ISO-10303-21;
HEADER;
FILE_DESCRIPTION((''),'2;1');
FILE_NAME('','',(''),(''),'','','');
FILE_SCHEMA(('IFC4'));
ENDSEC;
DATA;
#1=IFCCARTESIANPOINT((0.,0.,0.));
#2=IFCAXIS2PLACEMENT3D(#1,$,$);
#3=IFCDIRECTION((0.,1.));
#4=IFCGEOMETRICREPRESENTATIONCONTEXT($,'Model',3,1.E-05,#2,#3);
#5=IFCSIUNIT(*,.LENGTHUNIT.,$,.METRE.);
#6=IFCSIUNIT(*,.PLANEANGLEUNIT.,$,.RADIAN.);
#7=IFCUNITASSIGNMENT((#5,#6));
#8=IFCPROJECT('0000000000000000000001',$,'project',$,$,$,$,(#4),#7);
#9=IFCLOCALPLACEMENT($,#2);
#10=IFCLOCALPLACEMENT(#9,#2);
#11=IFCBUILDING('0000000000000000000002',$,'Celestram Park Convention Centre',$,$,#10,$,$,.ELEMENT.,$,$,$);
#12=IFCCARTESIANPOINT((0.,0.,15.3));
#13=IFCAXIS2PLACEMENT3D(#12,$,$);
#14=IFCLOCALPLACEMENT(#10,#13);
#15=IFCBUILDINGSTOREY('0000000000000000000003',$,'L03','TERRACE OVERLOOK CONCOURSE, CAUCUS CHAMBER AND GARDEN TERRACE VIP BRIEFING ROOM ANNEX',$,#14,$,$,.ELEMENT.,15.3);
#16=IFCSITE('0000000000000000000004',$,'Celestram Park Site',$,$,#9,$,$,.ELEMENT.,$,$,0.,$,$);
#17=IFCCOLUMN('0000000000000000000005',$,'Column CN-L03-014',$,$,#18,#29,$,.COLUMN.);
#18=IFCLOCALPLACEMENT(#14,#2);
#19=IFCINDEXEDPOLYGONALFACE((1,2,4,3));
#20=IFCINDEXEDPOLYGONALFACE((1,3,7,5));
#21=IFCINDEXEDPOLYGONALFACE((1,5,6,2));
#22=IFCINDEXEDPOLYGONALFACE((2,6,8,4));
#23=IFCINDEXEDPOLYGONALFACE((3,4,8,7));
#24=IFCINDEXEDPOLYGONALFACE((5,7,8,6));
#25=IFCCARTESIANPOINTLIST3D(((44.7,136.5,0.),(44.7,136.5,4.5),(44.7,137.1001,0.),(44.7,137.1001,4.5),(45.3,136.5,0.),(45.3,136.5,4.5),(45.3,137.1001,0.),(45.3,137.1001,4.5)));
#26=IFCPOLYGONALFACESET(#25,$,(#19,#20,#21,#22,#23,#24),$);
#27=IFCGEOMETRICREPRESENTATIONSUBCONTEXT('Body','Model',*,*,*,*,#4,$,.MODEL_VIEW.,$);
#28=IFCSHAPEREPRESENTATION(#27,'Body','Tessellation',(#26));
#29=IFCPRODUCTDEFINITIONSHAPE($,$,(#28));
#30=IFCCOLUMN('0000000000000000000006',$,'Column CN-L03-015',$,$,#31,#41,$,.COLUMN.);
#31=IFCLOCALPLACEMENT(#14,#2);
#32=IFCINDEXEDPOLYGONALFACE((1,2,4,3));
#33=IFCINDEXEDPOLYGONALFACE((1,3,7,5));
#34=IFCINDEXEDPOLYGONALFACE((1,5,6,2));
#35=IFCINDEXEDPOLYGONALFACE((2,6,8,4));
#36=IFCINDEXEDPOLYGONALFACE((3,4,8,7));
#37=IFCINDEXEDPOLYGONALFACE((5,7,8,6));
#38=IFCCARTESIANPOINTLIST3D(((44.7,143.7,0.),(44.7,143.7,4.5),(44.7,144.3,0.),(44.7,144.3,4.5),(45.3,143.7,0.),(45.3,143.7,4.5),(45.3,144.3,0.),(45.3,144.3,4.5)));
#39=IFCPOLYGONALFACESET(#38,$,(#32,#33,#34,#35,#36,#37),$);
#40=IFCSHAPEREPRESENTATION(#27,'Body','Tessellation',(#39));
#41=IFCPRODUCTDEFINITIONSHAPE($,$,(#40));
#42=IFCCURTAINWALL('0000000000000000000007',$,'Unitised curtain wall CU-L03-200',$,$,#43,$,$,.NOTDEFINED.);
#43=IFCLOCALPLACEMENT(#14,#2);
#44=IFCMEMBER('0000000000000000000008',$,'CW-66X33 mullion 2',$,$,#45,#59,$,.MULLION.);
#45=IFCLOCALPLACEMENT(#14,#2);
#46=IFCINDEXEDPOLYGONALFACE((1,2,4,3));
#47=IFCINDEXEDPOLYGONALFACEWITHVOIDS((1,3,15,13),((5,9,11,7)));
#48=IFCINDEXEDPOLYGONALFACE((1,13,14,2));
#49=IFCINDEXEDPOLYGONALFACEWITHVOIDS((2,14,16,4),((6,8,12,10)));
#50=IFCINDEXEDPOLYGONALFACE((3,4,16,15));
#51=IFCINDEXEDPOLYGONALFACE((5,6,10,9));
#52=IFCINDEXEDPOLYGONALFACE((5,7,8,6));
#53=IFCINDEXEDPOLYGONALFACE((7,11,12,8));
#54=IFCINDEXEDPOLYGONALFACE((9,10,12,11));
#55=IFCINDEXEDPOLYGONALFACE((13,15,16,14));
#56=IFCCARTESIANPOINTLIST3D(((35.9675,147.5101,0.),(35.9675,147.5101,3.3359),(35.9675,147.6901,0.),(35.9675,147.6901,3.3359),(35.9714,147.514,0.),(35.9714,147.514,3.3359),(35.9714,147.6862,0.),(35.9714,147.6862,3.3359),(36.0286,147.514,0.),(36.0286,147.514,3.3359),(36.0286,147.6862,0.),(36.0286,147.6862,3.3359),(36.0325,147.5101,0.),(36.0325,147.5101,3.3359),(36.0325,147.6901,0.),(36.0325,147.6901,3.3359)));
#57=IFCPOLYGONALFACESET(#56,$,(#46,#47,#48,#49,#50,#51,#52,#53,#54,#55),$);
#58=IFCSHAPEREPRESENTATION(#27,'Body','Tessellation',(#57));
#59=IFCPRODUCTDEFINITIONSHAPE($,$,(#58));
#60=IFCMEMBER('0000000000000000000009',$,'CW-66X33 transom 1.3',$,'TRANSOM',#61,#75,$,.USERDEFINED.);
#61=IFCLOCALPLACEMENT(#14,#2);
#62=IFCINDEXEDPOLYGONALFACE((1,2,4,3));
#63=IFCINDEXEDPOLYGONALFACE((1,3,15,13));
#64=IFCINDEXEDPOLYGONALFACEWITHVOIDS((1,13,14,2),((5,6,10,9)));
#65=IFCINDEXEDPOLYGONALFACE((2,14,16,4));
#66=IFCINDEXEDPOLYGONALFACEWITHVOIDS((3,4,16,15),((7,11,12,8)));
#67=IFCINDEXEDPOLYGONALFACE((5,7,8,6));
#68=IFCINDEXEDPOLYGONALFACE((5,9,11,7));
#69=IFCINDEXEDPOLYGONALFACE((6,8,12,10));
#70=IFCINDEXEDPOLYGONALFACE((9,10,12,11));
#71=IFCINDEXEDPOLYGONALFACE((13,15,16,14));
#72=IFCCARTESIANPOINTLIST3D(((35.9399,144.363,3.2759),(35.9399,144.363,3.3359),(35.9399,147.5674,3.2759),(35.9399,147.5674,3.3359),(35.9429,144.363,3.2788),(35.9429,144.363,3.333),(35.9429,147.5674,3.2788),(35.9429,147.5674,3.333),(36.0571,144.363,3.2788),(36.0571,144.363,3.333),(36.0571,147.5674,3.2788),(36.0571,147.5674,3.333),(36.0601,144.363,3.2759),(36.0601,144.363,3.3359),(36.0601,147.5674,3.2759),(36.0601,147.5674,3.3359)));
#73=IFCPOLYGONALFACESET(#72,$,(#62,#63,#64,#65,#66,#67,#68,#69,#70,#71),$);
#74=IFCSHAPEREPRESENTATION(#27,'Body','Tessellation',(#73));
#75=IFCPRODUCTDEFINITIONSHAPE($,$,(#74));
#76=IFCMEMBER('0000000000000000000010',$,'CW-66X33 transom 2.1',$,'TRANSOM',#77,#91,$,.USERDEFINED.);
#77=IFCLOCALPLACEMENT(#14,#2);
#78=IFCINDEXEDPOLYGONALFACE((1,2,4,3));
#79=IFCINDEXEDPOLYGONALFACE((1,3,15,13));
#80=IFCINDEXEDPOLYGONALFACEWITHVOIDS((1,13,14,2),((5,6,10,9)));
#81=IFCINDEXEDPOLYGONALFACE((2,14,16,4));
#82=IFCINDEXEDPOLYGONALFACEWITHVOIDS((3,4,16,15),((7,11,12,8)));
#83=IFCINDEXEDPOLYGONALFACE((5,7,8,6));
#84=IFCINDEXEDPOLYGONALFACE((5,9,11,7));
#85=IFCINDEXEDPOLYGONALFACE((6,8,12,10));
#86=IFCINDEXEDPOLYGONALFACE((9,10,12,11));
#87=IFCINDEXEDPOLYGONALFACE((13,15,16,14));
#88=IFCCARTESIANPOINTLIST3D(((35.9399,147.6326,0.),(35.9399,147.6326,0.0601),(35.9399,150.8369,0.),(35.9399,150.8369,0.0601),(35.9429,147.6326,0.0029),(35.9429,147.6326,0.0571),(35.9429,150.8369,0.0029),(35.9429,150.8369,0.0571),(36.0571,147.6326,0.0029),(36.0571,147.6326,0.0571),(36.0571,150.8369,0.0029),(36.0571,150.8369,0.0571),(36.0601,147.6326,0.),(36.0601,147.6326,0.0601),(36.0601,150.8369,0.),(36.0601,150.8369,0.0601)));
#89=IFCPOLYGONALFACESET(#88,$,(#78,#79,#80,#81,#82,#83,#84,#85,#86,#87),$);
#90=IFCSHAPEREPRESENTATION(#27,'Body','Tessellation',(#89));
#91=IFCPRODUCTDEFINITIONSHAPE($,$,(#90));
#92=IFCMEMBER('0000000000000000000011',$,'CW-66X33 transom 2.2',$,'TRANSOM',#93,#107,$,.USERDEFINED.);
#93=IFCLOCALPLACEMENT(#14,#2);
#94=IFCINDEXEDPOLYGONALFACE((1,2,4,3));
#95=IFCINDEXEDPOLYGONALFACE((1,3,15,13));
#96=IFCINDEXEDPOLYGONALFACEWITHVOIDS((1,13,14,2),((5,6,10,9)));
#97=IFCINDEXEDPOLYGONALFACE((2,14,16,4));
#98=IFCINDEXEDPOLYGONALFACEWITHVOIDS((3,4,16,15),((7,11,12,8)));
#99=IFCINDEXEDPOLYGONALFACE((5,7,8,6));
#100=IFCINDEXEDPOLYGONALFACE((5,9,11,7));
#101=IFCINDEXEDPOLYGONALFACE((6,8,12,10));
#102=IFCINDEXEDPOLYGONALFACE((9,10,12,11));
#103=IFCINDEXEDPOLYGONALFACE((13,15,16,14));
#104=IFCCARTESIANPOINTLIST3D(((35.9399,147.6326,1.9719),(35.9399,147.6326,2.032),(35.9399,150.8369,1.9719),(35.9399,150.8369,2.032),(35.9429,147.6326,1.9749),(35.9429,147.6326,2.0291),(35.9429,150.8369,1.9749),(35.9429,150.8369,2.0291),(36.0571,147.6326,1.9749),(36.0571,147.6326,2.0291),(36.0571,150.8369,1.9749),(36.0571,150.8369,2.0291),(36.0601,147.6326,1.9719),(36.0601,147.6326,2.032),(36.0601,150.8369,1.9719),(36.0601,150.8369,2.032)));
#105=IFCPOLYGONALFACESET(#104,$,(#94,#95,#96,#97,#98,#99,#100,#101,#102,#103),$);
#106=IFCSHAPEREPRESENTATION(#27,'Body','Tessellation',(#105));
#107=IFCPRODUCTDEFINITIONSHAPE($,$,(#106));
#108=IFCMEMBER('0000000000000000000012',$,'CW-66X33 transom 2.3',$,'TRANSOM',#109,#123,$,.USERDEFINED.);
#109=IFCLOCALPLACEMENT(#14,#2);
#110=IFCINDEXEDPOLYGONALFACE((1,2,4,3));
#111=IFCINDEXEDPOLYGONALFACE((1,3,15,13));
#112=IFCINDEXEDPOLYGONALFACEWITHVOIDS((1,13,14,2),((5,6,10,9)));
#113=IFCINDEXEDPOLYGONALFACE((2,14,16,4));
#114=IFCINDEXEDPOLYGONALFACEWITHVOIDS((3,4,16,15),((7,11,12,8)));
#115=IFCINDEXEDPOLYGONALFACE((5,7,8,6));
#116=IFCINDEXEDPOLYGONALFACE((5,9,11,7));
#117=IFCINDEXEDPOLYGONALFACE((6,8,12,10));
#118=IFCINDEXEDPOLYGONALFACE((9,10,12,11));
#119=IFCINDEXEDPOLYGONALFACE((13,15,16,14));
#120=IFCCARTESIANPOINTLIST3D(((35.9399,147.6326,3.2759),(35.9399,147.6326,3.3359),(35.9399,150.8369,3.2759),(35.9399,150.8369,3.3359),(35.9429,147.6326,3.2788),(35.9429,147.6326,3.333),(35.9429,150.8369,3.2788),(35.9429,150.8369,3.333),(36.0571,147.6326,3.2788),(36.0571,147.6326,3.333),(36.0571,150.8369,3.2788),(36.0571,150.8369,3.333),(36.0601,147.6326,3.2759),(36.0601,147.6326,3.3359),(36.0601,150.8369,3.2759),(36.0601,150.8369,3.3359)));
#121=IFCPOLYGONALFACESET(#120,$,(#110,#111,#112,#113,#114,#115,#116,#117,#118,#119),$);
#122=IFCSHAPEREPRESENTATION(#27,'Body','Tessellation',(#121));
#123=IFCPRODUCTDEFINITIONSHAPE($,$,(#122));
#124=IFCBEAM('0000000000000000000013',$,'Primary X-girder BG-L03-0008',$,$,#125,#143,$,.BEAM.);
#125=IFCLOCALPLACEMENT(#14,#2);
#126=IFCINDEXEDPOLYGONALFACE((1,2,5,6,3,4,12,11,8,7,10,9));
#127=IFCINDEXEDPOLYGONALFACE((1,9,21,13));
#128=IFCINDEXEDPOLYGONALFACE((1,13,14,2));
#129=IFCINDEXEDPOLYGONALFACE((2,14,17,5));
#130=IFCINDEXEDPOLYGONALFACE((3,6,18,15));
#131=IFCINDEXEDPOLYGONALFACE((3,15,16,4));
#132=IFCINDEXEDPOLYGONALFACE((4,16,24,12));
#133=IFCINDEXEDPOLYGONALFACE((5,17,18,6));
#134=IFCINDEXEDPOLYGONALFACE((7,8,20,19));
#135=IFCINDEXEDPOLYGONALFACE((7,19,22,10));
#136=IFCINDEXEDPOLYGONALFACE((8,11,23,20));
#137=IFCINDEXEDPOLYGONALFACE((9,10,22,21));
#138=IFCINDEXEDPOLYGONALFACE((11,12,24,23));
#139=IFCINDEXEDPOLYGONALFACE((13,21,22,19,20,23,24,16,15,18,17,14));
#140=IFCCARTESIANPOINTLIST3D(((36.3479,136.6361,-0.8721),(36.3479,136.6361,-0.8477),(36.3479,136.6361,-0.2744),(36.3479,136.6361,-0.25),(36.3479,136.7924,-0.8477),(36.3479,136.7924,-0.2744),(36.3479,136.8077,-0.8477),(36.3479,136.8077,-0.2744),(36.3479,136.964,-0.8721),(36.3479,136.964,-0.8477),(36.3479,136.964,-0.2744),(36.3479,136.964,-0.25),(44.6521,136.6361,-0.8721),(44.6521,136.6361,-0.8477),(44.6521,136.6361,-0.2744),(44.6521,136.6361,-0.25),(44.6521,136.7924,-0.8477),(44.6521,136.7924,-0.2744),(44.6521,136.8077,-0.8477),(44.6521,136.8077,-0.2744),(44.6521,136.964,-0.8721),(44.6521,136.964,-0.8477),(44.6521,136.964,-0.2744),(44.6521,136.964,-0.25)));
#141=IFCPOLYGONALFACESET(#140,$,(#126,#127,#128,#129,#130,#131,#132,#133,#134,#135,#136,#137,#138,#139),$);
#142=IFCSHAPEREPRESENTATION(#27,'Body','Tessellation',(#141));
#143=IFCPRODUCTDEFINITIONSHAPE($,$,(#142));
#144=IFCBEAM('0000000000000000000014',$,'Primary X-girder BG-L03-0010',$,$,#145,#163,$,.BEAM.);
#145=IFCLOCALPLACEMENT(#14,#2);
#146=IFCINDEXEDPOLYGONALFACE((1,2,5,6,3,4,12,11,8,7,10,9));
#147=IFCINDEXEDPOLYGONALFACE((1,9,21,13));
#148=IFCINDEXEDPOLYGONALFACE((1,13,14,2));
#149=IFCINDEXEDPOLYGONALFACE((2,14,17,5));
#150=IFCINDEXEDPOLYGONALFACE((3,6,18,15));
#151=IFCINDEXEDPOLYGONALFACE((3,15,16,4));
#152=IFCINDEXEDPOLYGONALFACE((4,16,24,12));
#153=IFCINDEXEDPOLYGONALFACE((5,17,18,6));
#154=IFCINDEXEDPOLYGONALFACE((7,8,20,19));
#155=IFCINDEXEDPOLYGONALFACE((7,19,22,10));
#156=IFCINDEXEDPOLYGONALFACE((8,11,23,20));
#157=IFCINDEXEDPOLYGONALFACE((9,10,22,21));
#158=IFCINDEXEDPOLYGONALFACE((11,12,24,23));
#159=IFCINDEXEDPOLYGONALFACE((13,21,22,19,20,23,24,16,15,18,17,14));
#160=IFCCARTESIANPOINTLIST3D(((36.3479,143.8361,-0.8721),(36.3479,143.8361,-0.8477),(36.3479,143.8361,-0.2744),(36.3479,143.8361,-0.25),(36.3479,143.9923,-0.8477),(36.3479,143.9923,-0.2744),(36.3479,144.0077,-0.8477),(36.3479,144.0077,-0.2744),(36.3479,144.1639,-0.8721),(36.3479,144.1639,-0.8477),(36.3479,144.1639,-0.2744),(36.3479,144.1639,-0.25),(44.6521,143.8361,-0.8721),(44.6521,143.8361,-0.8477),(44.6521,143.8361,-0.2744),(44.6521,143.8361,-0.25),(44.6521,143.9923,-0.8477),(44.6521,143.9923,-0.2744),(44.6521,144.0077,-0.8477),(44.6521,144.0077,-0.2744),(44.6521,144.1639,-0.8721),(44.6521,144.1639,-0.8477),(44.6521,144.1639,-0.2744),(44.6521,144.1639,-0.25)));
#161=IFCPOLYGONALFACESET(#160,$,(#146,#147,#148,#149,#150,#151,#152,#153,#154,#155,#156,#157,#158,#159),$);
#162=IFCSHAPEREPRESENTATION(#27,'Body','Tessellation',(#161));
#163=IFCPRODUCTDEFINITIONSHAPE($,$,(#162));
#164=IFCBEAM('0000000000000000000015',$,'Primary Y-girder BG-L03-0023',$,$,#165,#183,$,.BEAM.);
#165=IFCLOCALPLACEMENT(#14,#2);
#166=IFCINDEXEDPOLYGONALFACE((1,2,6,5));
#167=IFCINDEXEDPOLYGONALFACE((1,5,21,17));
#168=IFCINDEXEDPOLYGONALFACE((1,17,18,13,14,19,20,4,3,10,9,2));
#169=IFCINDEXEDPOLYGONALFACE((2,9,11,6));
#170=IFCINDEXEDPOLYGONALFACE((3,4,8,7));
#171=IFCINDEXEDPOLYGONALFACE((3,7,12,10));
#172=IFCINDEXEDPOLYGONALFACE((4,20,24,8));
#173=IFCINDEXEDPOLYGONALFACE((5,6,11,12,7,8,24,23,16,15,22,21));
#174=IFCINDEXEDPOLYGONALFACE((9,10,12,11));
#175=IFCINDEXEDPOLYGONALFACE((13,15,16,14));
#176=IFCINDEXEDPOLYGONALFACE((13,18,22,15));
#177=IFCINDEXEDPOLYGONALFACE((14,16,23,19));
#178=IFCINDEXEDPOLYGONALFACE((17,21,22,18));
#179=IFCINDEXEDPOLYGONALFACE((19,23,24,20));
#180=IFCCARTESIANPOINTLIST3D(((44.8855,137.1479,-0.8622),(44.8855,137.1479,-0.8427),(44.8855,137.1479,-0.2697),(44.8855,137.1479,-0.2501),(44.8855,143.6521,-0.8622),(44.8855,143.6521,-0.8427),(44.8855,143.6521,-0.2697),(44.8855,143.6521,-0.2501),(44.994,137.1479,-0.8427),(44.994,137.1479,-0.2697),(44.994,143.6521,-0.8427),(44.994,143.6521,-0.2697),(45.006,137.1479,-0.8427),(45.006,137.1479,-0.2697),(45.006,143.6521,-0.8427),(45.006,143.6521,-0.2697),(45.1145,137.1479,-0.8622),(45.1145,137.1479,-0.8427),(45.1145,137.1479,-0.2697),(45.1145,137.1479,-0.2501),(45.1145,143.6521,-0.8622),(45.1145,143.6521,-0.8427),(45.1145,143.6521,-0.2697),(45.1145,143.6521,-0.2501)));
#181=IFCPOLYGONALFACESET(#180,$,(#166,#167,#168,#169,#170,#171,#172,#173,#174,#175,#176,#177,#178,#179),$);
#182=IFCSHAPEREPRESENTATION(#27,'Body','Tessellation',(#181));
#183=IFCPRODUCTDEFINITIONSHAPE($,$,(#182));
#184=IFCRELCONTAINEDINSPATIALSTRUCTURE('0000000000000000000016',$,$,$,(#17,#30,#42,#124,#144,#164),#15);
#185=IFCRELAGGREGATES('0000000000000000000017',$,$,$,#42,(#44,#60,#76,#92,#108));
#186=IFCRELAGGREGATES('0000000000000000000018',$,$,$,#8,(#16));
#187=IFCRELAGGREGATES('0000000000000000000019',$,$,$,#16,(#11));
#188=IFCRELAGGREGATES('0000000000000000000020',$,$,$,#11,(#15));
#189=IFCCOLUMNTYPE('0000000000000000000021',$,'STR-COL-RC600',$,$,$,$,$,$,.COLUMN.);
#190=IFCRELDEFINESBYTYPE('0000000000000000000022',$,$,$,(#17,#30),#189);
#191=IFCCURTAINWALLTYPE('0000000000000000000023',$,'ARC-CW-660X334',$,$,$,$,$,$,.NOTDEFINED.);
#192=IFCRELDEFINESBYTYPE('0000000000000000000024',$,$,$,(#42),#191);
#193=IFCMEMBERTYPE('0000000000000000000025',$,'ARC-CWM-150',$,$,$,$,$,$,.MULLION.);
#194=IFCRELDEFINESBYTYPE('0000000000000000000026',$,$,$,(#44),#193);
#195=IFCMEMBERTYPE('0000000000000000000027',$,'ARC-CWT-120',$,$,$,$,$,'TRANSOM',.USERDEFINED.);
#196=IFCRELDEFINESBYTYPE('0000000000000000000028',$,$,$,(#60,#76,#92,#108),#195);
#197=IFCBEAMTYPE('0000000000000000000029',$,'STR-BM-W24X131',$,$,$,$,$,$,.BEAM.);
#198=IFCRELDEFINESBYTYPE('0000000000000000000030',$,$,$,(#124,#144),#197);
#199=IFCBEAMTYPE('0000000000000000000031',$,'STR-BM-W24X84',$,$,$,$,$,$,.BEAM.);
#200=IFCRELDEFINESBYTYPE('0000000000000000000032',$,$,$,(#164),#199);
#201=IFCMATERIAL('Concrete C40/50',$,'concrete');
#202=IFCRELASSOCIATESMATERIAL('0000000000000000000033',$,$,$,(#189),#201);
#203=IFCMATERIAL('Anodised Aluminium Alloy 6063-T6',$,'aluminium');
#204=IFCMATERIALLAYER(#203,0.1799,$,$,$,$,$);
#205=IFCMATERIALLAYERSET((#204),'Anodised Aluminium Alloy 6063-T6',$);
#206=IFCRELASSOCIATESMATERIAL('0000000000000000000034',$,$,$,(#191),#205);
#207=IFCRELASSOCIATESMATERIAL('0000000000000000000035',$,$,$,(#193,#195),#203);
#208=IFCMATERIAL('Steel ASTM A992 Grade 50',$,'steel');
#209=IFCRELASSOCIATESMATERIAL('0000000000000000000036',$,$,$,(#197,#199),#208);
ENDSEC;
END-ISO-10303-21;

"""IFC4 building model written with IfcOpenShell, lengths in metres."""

from ifc_helpers import new_model, si_unit, direction, frame, origin, origin_2d, place, context, subcontext, project, spatial, rectangle, hollow_rectangle, i_section, extrude, material, layer, layer_set, material_profile, profile_set, type_object, element, aggregate, save


model = new_model("IFC4")

# Units and contexts
model_context = context("Model", 3, precision=1e-05, world=origin(), true_north=direction((0.0, 1.0)))
body_context = subcontext(model_context, "Body", "Model", "MODEL_VIEW")
ifc_project = project(units=[si_unit("LENGTHUNIT", "METRE"), si_unit("PLANEANGLEUNIT", "RADIAN")], contexts=[model_context])

# Site, building, storey
site_placement = place(None, origin())
site = spatial("IfcSite", under=ifc_project, at=site_placement, Name="Celestram Park Site", CompositionType="ELEMENT", RefElevation=0.0)
building_placement = place(site_placement, origin())
building = spatial("IfcBuilding", under=site, at=building_placement, Name="Celestram Park Convention Centre", CompositionType="ELEMENT")
storey_placement = place(building_placement, frame((0.0, 0.0, 15.3)))
storey = spatial("IfcBuildingStorey", under=building, at=storey_placement, Name="L03", Description="TERRACE OVERLOOK CONCOURSE, CAUCUS CHAMBER AND GARDEN TERRACE VIP BRIEFING ROOM ANNEX", CompositionType="ELEMENT", Elevation=15.3)

# Columns
ifc_material_1 = material(Name="Concrete C40/50", Category="concrete")
ifc_material_profile_1 = material_profile(ifc_material_1, rectangle(XDim=0.6001, YDim=0.6001, at=origin_2d()), Name="RC600X600")
ifc_profile_set_1 = profile_set([ifc_material_profile_1], Name="Concrete C40/50")
column_type = type_object("IfcColumnType", Name="STR-COL-RC600", PredefinedType="COLUMN", material=ifc_profile_set_1)
for number, where, z_axis, x_axis, name in (
    (1, (45.0, 136.8, 0.0), (0.0, 0.0, 1.0), (1.0, 0.0, 0.0), "Column CN-L03-014"),
    (2, (45.0, 144.0, 0.0), (0.0, 0.0, 1.0), (1.0, 0.0, 0.0), "Column CN-L03-015"),
):
    element("IfcColumn", number, at=place(storey_placement, frame(where, z_axis=z_axis, x_axis=x_axis)), inside=storey, type_object=column_type, Name=name, PredefinedType="COLUMN", context=body_context, shape_type="SweptSolid", body=[
        extrude(rectangle(XDim=0.6001, YDim=0.6001, at=origin_2d()), origin(), (0.0, 0.0, 1.0), 4.5),
    ])

# Curtain wall, members
ifc_material_2 = material(Name="Anodised Aluminium Alloy 6063-T6", Category="aluminium")
ifc_layer_1 = layer(ifc_material_2, 0.1799)
ifc_layer_set_1 = layer_set([ifc_layer_1], Name="Anodised Aluminium Alloy 6063-T6")
curtain_wall_type = type_object("IfcCurtainWallType", Name="ARC-CW-660X334", PredefinedType="NOTDEFINED", material=ifc_layer_set_1)
curtain_wall_placement = place(storey_placement, origin())
curtain_wall = element("IfcCurtainWall", 3, at=curtain_wall_placement, inside=storey, type_object=curtain_wall_type, Name="Unitised curtain wall CU-L03-200", PredefinedType="NOTDEFINED")
ifc_material_profile_2 = material_profile(ifc_material_2, hollow_rectangle(XDim=0.0649, YDim=0.1799, WallThickness=0.0039, at=origin_2d()), Name="ALU65X180X4")
ifc_profile_set_2 = profile_set([ifc_material_profile_2], Name="Anodised Aluminium Alloy 6063-T6")
member_type_1 = type_object("IfcMemberType", Name="ARC-CWM-150", PredefinedType="MULLION", material=ifc_profile_set_2)
member_1_placement = place(storey_placement, frame((36.0, 147.6001, 0.0), z_axis=(0.0, 0.0, 1.0), x_axis=(-1.0, 0.0, 0.0)))
member_1 = element("IfcMember", 4, at=member_1_placement, type_object=member_type_1, Name="CW-66X33 mullion 2", PredefinedType="MULLION", context=body_context, shape_type="SweptSolid", body=[
    extrude(hollow_rectangle(XDim=0.0649, YDim=0.1799, WallThickness=0.0039, at=origin_2d()), origin(), (0.0, 0.0, 1.0), 3.3359),
])
ifc_material_profile_3 = material_profile(ifc_material_2, hollow_rectangle(XDim=0.1201, YDim=0.0601, WallThickness=0.0029, at=origin_2d()), Name="ALU120X60X3")
ifc_profile_set_3 = profile_set([ifc_material_profile_3], Name="Anodised Aluminium Alloy 6063-T6")
member_type_2 = type_object("IfcMemberType", Name="ARC-CWT-120", ElementType="TRANSOM", PredefinedType="USERDEFINED", material=ifc_profile_set_3)
member_2_placement = place(storey_placement, frame((36.0, 144.363, 3.3059), z_axis=(0.0, 1.0, 0.0), x_axis=(-1.0, 0.0, 0.0)))
member_2 = element("IfcMember", 5, at=member_2_placement, type_object=member_type_2, Name="CW-66X33 transom 1.3", ObjectType="TRANSOM", PredefinedType="USERDEFINED", context=body_context, shape_type="SweptSolid", body=[
    extrude(hollow_rectangle(XDim=0.1201, YDim=0.0601, WallThickness=0.0029, at=origin_2d()), origin(), (0.0, 0.0, 1.0), 3.2043),
])
member_3_placement = place(storey_placement, frame((36.0, 147.6326, 0.03), z_axis=(0.0, 1.0, 0.0), x_axis=(-1.0, 0.0, 0.0)))
member_3 = element("IfcMember", 6, at=member_3_placement, type_object=member_type_2, Name="CW-66X33 transom 2.1", ObjectType="TRANSOM", PredefinedType="USERDEFINED", context=body_context, shape_type="SweptSolid", body=[
    extrude(hollow_rectangle(XDim=0.1201, YDim=0.0601, WallThickness=0.0029, at=origin_2d()), origin(), (0.0, 0.0, 1.0), 3.2043),
])
member_4_placement = place(storey_placement, frame((36.0, 147.6326, 2.002), z_axis=(0.0, 1.0, 0.0), x_axis=(-1.0, 0.0, 0.0)))
member_4 = element("IfcMember", 7, at=member_4_placement, type_object=member_type_2, Name="CW-66X33 transom 2.2", ObjectType="TRANSOM", PredefinedType="USERDEFINED", context=body_context, shape_type="SweptSolid", body=[
    extrude(hollow_rectangle(XDim=0.1201, YDim=0.0601, WallThickness=0.0029, at=origin_2d()), origin(), (0.0, 0.0, 1.0), 3.2043),
])
member_5_placement = place(storey_placement, frame((36.0, 147.6326, 3.3059), z_axis=(0.0, 1.0, 0.0), x_axis=(-1.0, 0.0, 0.0)))
member_5 = element("IfcMember", 8, at=member_5_placement, type_object=member_type_2, Name="CW-66X33 transom 2.3", ObjectType="TRANSOM", PredefinedType="USERDEFINED", context=body_context, shape_type="SweptSolid", body=[
    extrude(hollow_rectangle(XDim=0.1201, YDim=0.0601, WallThickness=0.0029, at=origin_2d()), origin(), (0.0, 0.0, 1.0), 3.2043),
])

# Beams
ifc_material_3 = material(Name="Steel ASTM A992 Grade 50", Category="steel")
ifc_material_profile_4 = material_profile(ifc_material_3, i_section(OverallWidth=0.3279, OverallDepth=0.6221, WebThickness=0.0154, FlangeThickness=0.0244, at=origin_2d()), Name="W24X131")
ifc_profile_set_4 = profile_set([ifc_material_profile_4], Name="Steel ASTM A992 Grade 50")
beam_type_1 = type_object("IfcBeamType", Name="STR-BM-W24X131", PredefinedType="BEAM", material=ifc_profile_set_4)
for number, where, z_axis, x_axis, name in (
    (9, (36.3479, 136.8, -0.561), (1.0, 0.0, 0.0), (0.0, 1.0, 0.0), "Primary X-girder BG-L03-0008"),
    (10, (36.3479, 144.0, -0.561), (1.0, 0.0, 0.0), (0.0, 1.0, 0.0), "Primary X-girder BG-L03-0010"),
):
    element("IfcBeam", number, at=place(storey_placement, frame(where, z_axis=z_axis, x_axis=x_axis)), inside=storey, type_object=beam_type_1, Name=name, PredefinedType="BEAM", context=body_context, shape_type="SweptSolid", body=[
        extrude(i_section(OverallWidth=0.3279, OverallDepth=0.6221, WebThickness=0.0154, FlangeThickness=0.0244, at=origin_2d()), origin(), (0.0, 0.0, 1.0), 8.3042),
    ])
ifc_material_profile_5 = material_profile(ifc_material_3, i_section(OverallWidth=0.229, OverallDepth=0.6121, WebThickness=0.012, FlangeThickness=0.0195, at=origin_2d()), Name="W24X84")
ifc_profile_set_5 = profile_set([ifc_material_profile_5], Name="Steel ASTM A992 Grade 50")
beam_type_2 = type_object("IfcBeamType", Name="STR-BM-W24X84", PredefinedType="BEAM", material=ifc_profile_set_5)
for number, where, z_axis, x_axis, name in (
    (11, (45.0, 137.1479, -0.5562), (0.0, 1.0, 0.0), (-1.0, 0.0, 0.0), "Primary Y-girder BG-L03-0023"),
):
    element("IfcBeam", number, at=place(storey_placement, frame(where, z_axis=z_axis, x_axis=x_axis)), inside=storey, type_object=beam_type_2, Name=name, PredefinedType="BEAM", context=body_context, shape_type="SweptSolid", body=[
        extrude(i_section(OverallWidth=0.229, OverallDepth=0.6121, WebThickness=0.012, FlangeThickness=0.0195, at=origin_2d()), origin(), (0.0, 0.0, 1.0), 6.5042),
    ])

aggregate(curtain_wall, [member_1, member_2, member_3, member_4, member_5])

save(model, "model.ifc")
